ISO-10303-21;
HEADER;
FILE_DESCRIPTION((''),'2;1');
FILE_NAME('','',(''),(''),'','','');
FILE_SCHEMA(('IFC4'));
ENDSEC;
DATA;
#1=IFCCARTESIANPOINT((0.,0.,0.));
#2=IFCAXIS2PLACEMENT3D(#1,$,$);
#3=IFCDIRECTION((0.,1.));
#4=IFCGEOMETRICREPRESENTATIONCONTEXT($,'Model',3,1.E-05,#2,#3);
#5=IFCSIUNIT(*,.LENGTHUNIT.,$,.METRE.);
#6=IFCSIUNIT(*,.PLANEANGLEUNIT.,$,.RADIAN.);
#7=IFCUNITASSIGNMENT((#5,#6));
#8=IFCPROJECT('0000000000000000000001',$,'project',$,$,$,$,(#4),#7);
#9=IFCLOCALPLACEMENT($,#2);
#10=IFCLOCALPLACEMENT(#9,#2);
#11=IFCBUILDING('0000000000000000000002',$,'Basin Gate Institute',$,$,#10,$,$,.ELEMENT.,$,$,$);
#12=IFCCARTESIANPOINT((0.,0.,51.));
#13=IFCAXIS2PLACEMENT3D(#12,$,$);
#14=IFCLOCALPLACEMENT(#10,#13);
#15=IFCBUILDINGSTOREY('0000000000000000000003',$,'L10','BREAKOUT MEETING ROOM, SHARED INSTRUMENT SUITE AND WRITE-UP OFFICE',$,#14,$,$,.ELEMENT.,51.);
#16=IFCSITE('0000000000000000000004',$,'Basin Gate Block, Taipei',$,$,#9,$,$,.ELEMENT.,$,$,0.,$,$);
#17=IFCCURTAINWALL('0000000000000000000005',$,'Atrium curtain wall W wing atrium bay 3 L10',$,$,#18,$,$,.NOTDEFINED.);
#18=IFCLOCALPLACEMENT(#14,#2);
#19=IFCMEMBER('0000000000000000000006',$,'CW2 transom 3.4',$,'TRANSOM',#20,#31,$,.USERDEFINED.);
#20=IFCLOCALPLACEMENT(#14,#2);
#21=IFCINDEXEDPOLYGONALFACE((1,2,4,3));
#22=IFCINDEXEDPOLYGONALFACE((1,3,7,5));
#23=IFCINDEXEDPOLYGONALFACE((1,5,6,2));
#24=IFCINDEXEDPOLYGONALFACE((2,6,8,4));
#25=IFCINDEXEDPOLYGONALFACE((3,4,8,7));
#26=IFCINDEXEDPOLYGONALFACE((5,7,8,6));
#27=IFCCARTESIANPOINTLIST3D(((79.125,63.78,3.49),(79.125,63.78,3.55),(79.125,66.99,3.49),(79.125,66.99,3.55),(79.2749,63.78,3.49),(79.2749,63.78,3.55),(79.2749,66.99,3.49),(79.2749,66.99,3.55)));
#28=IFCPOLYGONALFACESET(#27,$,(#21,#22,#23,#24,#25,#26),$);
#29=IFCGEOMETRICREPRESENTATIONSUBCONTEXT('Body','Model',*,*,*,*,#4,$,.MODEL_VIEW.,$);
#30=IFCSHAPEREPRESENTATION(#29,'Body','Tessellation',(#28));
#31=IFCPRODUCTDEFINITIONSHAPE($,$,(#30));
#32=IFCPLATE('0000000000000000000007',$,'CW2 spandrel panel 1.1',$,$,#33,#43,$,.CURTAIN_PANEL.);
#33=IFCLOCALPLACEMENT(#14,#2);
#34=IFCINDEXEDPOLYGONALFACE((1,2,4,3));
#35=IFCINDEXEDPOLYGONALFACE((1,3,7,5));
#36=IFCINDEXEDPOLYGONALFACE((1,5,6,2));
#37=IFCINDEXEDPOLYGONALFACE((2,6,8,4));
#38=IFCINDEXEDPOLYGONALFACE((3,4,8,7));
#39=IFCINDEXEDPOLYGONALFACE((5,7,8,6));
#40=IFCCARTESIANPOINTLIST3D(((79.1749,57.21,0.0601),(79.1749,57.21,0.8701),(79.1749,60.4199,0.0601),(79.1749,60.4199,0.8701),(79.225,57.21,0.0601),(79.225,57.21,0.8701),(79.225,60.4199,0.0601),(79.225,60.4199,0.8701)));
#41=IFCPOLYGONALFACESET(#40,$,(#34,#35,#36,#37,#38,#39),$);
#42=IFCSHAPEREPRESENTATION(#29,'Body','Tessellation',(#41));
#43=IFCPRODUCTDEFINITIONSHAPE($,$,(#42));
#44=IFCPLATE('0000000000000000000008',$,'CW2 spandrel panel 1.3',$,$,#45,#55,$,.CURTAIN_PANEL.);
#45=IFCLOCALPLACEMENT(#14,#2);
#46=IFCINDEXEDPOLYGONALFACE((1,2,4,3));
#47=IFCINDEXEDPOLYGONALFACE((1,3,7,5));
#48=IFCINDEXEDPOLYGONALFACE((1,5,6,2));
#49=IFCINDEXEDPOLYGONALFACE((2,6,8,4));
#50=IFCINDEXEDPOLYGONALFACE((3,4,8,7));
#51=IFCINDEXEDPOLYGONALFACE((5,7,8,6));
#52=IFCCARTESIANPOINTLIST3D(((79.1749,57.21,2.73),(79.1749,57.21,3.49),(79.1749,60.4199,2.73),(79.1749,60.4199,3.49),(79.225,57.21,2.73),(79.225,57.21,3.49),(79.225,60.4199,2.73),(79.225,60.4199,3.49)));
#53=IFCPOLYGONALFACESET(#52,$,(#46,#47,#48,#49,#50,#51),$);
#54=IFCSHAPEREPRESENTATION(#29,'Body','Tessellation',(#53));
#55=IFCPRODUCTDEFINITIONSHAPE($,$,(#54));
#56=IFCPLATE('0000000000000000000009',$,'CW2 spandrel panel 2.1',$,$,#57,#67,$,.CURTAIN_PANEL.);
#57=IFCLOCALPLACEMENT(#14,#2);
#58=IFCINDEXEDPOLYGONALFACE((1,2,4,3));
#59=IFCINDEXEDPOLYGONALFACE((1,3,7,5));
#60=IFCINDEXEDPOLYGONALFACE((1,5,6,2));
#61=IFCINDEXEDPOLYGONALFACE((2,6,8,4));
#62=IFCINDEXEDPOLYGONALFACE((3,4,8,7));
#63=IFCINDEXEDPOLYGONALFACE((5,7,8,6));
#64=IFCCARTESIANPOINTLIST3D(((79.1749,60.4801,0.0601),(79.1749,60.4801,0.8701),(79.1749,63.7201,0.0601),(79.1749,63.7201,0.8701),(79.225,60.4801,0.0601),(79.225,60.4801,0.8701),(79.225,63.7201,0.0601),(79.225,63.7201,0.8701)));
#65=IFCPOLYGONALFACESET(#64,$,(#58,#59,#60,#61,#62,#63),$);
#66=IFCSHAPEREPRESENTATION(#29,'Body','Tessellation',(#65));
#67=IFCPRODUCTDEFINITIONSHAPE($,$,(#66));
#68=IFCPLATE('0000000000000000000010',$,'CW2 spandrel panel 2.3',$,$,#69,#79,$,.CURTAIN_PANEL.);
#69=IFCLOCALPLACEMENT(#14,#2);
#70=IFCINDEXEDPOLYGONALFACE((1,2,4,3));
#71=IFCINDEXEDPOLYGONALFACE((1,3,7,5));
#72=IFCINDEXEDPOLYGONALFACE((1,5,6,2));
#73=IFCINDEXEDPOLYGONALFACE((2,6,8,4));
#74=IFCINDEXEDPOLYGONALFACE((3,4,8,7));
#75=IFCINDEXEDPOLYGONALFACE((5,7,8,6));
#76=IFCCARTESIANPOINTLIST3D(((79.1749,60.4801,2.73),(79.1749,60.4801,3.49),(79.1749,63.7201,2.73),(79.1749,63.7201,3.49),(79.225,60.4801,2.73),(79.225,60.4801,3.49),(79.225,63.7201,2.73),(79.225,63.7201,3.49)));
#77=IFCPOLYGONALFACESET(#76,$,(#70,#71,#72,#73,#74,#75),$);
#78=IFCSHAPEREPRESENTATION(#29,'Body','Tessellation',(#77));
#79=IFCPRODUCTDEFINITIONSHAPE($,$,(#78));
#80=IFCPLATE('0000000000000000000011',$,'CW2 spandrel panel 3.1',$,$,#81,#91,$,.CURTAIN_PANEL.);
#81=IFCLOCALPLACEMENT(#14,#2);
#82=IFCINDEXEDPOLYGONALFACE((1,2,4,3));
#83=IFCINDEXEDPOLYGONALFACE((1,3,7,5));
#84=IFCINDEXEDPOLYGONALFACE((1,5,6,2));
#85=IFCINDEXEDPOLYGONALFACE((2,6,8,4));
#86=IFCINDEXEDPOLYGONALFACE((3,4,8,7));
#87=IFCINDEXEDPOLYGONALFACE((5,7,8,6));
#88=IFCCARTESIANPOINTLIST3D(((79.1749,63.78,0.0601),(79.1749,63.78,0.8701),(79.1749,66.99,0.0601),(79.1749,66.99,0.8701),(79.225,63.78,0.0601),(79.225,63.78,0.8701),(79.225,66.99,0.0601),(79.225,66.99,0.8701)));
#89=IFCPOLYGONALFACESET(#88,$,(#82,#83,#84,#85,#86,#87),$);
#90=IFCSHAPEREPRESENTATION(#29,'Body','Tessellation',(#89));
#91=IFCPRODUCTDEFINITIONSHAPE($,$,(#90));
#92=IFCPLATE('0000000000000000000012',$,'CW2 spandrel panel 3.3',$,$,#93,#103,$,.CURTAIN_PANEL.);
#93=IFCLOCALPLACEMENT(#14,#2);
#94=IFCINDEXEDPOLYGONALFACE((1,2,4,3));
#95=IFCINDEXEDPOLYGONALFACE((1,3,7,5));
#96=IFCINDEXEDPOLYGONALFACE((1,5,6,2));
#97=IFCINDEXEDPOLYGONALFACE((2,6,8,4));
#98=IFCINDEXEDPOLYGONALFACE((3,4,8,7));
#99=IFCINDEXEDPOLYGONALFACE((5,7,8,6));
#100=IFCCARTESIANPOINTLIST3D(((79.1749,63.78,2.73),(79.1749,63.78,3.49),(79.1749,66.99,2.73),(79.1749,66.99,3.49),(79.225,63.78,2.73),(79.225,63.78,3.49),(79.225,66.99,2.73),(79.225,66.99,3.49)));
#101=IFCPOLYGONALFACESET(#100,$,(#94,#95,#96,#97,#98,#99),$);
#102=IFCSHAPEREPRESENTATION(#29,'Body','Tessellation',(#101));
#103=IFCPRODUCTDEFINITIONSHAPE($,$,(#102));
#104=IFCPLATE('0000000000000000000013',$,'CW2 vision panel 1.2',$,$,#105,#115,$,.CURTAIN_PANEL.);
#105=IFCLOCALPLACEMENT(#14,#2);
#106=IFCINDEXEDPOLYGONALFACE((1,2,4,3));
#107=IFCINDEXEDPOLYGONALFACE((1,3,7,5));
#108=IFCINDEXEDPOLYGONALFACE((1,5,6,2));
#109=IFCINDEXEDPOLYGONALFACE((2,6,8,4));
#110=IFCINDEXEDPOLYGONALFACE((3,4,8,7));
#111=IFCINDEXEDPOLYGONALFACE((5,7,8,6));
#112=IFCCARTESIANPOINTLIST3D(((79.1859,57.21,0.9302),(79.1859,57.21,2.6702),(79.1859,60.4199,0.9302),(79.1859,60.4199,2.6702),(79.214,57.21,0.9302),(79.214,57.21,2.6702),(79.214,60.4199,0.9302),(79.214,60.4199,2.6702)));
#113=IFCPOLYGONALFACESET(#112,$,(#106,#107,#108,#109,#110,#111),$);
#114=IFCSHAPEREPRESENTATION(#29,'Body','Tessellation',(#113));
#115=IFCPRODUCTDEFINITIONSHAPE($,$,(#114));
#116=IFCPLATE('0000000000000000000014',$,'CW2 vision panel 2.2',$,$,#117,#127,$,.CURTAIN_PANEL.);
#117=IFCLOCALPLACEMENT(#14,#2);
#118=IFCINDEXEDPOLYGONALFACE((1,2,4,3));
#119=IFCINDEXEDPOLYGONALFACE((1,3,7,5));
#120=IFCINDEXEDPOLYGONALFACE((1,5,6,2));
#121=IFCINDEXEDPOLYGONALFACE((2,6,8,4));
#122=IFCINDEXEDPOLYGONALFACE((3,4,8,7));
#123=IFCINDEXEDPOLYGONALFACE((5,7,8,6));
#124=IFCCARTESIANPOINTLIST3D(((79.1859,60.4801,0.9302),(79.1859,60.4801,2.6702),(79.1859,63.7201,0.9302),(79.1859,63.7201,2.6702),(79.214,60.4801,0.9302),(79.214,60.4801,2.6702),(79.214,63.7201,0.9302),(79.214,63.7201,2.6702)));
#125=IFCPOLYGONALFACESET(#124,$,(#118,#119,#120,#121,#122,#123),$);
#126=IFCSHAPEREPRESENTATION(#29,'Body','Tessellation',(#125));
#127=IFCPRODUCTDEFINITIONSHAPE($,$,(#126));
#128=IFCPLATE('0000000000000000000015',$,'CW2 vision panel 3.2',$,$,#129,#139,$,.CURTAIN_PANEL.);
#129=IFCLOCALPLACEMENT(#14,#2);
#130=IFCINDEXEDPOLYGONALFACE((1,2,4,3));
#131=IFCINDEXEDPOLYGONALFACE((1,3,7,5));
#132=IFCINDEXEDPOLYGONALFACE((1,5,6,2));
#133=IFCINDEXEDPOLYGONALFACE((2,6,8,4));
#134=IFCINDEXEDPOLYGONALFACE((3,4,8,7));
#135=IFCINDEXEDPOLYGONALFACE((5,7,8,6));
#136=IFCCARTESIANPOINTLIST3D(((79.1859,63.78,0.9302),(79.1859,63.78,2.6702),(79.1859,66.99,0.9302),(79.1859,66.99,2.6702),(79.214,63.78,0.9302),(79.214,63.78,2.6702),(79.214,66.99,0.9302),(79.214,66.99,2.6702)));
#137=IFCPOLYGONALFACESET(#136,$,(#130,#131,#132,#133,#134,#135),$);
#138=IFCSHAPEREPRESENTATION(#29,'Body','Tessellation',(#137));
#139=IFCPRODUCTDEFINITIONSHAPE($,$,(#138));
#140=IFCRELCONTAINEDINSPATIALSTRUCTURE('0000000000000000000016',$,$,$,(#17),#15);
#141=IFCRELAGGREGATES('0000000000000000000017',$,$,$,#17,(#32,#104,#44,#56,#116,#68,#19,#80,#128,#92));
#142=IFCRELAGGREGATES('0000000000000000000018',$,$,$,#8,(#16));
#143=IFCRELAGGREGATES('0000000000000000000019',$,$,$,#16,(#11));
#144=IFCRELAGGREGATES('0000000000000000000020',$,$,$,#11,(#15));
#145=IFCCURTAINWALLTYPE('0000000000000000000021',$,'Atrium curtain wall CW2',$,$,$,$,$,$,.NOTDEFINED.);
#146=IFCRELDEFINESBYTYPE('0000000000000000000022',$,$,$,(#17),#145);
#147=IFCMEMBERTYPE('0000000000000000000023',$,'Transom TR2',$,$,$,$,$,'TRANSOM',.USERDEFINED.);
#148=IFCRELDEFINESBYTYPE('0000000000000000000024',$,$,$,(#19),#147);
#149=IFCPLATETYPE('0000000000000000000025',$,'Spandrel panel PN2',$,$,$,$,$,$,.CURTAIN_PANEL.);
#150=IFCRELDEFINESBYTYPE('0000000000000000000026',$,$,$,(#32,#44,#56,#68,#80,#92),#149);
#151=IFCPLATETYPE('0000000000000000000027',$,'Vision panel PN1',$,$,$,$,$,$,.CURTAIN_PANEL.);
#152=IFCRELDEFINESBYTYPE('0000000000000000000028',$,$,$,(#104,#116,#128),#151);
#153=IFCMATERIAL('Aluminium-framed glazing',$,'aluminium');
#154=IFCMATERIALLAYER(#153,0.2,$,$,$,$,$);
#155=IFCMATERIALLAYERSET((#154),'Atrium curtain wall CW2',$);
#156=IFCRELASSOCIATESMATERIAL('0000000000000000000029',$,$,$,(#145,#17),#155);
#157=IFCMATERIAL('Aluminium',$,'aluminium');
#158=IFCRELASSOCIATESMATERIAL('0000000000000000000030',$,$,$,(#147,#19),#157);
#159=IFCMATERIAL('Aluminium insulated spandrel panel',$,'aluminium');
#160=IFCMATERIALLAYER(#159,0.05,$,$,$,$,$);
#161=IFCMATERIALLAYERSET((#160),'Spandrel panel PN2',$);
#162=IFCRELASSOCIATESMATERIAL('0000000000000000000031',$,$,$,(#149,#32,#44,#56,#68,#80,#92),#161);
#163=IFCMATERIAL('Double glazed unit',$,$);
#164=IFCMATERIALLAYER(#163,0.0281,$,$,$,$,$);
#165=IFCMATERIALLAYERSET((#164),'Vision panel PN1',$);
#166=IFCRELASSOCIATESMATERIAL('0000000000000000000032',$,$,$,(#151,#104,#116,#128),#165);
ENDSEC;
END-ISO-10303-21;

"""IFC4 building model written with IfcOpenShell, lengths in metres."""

from ifc_helpers import new_model, si_unit, direction, frame, origin, origin_2d, place, context, subcontext, project, spatial, rectangle, extrude, material, layer, layer_set, material_profile, profile_set, type_object, element, aggregate, save


model = new_model("IFC4")

# Units and contexts
model_context = context("Model", 3, precision=1e-05, world=origin(), true_north=direction((0.0, 1.0)))
body_context = subcontext(model_context, "Body", "Model", "MODEL_VIEW")
ifc_project = project(units=[si_unit("LENGTHUNIT", "METRE"), si_unit("PLANEANGLEUNIT", "RADIAN")], contexts=[model_context])

# Site, building, storey
site_placement = place(None, origin())
site = spatial("IfcSite", under=ifc_project, at=site_placement, Name="Basin Gate Block, Taipei", CompositionType="ELEMENT", RefElevation=0.0)
building_placement = place(site_placement, origin())
building = spatial("IfcBuilding", under=site, at=building_placement, Name="Basin Gate Institute", CompositionType="ELEMENT")
storey_placement = place(building_placement, frame((0.0, 0.0, 51.0)))
storey = spatial("IfcBuildingStorey", under=building, at=storey_placement, Name="L10", Description="BREAKOUT MEETING ROOM, SHARED INSTRUMENT SUITE AND WRITE-UP OFFICE", CompositionType="ELEMENT", Elevation=51.0)

# Curtain wall, member, plates
ifc_material_1 = material(Name="Aluminium-framed glazing", Category="aluminium")
ifc_layer_1 = layer(ifc_material_1, 0.2)
ifc_layer_set_1 = layer_set([ifc_layer_1], Name="Atrium curtain wall CW2")
curtain_wall_type = type_object("IfcCurtainWallType", Name="Atrium curtain wall CW2", PredefinedType="NOTDEFINED", material=ifc_layer_set_1)
curtain_wall_placement = place(storey_placement, origin())
curtain_wall = element("IfcCurtainWall", 1, at=curtain_wall_placement, inside=storey, type_object=curtain_wall_type, material=ifc_layer_set_1, Name="Atrium curtain wall W wing atrium bay 3 L10", PredefinedType="NOTDEFINED")
ifc_material_2 = material(Name="Aluminium", Category="aluminium")
ifc_material_profile_1 = material_profile(ifc_material_2, rectangle(XDim=0.1499, YDim=0.0601, at=origin_2d()), Name="Transom TR2 150 x 60")
ifc_profile_set_1 = profile_set([ifc_material_profile_1], Name="Aluminium")
member_type_1 = type_object("IfcMemberType", Name="Transom TR2", ElementType="TRANSOM", PredefinedType="USERDEFINED", material=ifc_profile_set_1)
member_1_placement = place(storey_placement, frame((79.2, 63.78, 3.52), z_axis=(0.0, 1.0, 0.0), x_axis=(-1.0, 0.0, 0.0)))
member_1 = element("IfcMember", 2, at=member_1_placement, type_object=member_type_1, material=ifc_profile_set_1, Name="CW2 transom 3.4", ObjectType="TRANSOM", PredefinedType="USERDEFINED", context=body_context, shape_type="SweptSolid", body=[
    extrude(rectangle(XDim=0.1499, YDim=0.0601, at=origin_2d()), origin(), (0.0, 0.0, 1.0), 3.21),
])
ifc_material_3 = material(Name="Aluminium insulated spandrel panel", Category="aluminium")
ifc_layer_2 = layer(ifc_material_3, 0.05)
ifc_layer_set_2 = layer_set([ifc_layer_2], Name="Spandrel panel PN2")
plate_type_1 = type_object("IfcPlateType", Name="Spandrel panel PN2", PredefinedType="CURTAIN_PANEL", material=ifc_layer_set_2)
plate_1_placement = place(storey_placement, frame((79.2, 58.8149, 0.0601), z_axis=(0.0, 0.0, 1.0), x_axis=(0.0, 1.0, 0.0)))
plate_1 = element("IfcPlate", 3, at=plate_1_placement, type_object=plate_type_1, material=ifc_layer_set_2, Name="CW2 spandrel panel 1.1", PredefinedType="CURTAIN_PANEL", context=body_context, shape_type="SweptSolid", body=[
    extrude(rectangle(XDim=3.21, YDim=0.05, at=origin_2d()), origin(), (0.0, 0.0, 1.0), 0.8101),
])
plate_2_placement = place(storey_placement, frame((79.2, 58.8149, 2.73), z_axis=(0.0, 0.0, 1.0), x_axis=(0.0, 1.0, 0.0)))
plate_2 = element("IfcPlate", 4, at=plate_2_placement, type_object=plate_type_1, material=ifc_layer_set_2, Name="CW2 spandrel panel 1.3", PredefinedType="CURTAIN_PANEL", context=body_context, shape_type="SweptSolid", body=[
    extrude(rectangle(XDim=3.21, YDim=0.05, at=origin_2d()), origin(), (0.0, 0.0, 1.0), 0.76),
])
plate_3_placement = place(storey_placement, frame((79.2, 62.1001, 0.0601), z_axis=(0.0, 0.0, 1.0), x_axis=(0.0, 1.0, 0.0)))
plate_3 = element("IfcPlate", 5, at=plate_3_placement, type_object=plate_type_1, material=ifc_layer_set_2, Name="CW2 spandrel panel 2.1", PredefinedType="CURTAIN_PANEL", context=body_context, shape_type="SweptSolid", body=[
    extrude(rectangle(XDim=3.24, YDim=0.05, at=origin_2d()), origin(), (0.0, 0.0, 1.0), 0.8101),
])
plate_4_placement = place(storey_placement, frame((79.2, 62.1001, 2.73), z_axis=(0.0, 0.0, 1.0), x_axis=(0.0, 1.0, 0.0)))
plate_4 = element("IfcPlate", 6, at=plate_4_placement, type_object=plate_type_1, material=ifc_layer_set_2, Name="CW2 spandrel panel 2.3", PredefinedType="CURTAIN_PANEL", context=body_context, shape_type="SweptSolid", body=[
    extrude(rectangle(XDim=3.24, YDim=0.05, at=origin_2d()), origin(), (0.0, 0.0, 1.0), 0.76),
])
plate_5_placement = place(storey_placement, frame((79.2, 65.385, 0.0601), z_axis=(0.0, 0.0, 1.0), x_axis=(0.0, 1.0, 0.0)))
plate_5 = element("IfcPlate", 7, at=plate_5_placement, type_object=plate_type_1, material=ifc_layer_set_2, Name="CW2 spandrel panel 3.1", PredefinedType="CURTAIN_PANEL", context=body_context, shape_type="SweptSolid", body=[
    extrude(rectangle(XDim=3.21, YDim=0.05, at=origin_2d()), origin(), (0.0, 0.0, 1.0), 0.8101),
])
plate_6_placement = place(storey_placement, frame((79.2, 65.385, 2.73), z_axis=(0.0, 0.0, 1.0), x_axis=(0.0, 1.0, 0.0)))
plate_6 = element("IfcPlate", 8, at=plate_6_placement, type_object=plate_type_1, material=ifc_layer_set_2, Name="CW2 spandrel panel 3.3", PredefinedType="CURTAIN_PANEL", context=body_context, shape_type="SweptSolid", body=[
    extrude(rectangle(XDim=3.21, YDim=0.05, at=origin_2d()), origin(), (0.0, 0.0, 1.0), 0.76),
])
ifc_material_4 = material(Name="Double glazed unit")
ifc_layer_3 = layer(ifc_material_4, 0.0281)
ifc_layer_set_3 = layer_set([ifc_layer_3], Name="Vision panel PN1")
plate_type_2 = type_object("IfcPlateType", Name="Vision panel PN1", PredefinedType="CURTAIN_PANEL", material=ifc_layer_set_3)
plate_7_placement = place(storey_placement, frame((79.2, 58.8149, 0.9302), z_axis=(0.0, 0.0, 1.0), x_axis=(0.0, 1.0, 0.0)))
plate_7 = element("IfcPlate", 9, at=plate_7_placement, type_object=plate_type_2, material=ifc_layer_set_3, Name="CW2 vision panel 1.2", PredefinedType="CURTAIN_PANEL", context=body_context, shape_type="SweptSolid", body=[
    extrude(rectangle(XDim=3.21, YDim=0.0281, at=origin_2d()), origin(), (0.0, 0.0, 1.0), 1.74),
])
plate_8_placement = place(storey_placement, frame((79.2, 62.1001, 0.9302), z_axis=(0.0, 0.0, 1.0), x_axis=(0.0, 1.0, 0.0)))
plate_8 = element("IfcPlate", 10, at=plate_8_placement, type_object=plate_type_2, material=ifc_layer_set_3, Name="CW2 vision panel 2.2", PredefinedType="CURTAIN_PANEL", context=body_context, shape_type="SweptSolid", body=[
    extrude(rectangle(XDim=3.24, YDim=0.0281, at=origin_2d()), origin(), (0.0, 0.0, 1.0), 1.74),
])
plate_9_placement = place(storey_placement, frame((79.2, 65.385, 0.9302), z_axis=(0.0, 0.0, 1.0), x_axis=(0.0, 1.0, 0.0)))
plate_9 = element("IfcPlate", 11, at=plate_9_placement, type_object=plate_type_2, material=ifc_layer_set_3, Name="CW2 vision panel 3.2", PredefinedType="CURTAIN_PANEL", context=body_context, shape_type="SweptSolid", body=[
    extrude(rectangle(XDim=3.21, YDim=0.0281, at=origin_2d()), origin(), (0.0, 0.0, 1.0), 1.74),
])
aggregate(curtain_wall, [plate_1, plate_7, plate_2, plate_3, plate_8, plate_4, member_1, plate_5, plate_9, plate_6])

save(model, "model.ifc")
